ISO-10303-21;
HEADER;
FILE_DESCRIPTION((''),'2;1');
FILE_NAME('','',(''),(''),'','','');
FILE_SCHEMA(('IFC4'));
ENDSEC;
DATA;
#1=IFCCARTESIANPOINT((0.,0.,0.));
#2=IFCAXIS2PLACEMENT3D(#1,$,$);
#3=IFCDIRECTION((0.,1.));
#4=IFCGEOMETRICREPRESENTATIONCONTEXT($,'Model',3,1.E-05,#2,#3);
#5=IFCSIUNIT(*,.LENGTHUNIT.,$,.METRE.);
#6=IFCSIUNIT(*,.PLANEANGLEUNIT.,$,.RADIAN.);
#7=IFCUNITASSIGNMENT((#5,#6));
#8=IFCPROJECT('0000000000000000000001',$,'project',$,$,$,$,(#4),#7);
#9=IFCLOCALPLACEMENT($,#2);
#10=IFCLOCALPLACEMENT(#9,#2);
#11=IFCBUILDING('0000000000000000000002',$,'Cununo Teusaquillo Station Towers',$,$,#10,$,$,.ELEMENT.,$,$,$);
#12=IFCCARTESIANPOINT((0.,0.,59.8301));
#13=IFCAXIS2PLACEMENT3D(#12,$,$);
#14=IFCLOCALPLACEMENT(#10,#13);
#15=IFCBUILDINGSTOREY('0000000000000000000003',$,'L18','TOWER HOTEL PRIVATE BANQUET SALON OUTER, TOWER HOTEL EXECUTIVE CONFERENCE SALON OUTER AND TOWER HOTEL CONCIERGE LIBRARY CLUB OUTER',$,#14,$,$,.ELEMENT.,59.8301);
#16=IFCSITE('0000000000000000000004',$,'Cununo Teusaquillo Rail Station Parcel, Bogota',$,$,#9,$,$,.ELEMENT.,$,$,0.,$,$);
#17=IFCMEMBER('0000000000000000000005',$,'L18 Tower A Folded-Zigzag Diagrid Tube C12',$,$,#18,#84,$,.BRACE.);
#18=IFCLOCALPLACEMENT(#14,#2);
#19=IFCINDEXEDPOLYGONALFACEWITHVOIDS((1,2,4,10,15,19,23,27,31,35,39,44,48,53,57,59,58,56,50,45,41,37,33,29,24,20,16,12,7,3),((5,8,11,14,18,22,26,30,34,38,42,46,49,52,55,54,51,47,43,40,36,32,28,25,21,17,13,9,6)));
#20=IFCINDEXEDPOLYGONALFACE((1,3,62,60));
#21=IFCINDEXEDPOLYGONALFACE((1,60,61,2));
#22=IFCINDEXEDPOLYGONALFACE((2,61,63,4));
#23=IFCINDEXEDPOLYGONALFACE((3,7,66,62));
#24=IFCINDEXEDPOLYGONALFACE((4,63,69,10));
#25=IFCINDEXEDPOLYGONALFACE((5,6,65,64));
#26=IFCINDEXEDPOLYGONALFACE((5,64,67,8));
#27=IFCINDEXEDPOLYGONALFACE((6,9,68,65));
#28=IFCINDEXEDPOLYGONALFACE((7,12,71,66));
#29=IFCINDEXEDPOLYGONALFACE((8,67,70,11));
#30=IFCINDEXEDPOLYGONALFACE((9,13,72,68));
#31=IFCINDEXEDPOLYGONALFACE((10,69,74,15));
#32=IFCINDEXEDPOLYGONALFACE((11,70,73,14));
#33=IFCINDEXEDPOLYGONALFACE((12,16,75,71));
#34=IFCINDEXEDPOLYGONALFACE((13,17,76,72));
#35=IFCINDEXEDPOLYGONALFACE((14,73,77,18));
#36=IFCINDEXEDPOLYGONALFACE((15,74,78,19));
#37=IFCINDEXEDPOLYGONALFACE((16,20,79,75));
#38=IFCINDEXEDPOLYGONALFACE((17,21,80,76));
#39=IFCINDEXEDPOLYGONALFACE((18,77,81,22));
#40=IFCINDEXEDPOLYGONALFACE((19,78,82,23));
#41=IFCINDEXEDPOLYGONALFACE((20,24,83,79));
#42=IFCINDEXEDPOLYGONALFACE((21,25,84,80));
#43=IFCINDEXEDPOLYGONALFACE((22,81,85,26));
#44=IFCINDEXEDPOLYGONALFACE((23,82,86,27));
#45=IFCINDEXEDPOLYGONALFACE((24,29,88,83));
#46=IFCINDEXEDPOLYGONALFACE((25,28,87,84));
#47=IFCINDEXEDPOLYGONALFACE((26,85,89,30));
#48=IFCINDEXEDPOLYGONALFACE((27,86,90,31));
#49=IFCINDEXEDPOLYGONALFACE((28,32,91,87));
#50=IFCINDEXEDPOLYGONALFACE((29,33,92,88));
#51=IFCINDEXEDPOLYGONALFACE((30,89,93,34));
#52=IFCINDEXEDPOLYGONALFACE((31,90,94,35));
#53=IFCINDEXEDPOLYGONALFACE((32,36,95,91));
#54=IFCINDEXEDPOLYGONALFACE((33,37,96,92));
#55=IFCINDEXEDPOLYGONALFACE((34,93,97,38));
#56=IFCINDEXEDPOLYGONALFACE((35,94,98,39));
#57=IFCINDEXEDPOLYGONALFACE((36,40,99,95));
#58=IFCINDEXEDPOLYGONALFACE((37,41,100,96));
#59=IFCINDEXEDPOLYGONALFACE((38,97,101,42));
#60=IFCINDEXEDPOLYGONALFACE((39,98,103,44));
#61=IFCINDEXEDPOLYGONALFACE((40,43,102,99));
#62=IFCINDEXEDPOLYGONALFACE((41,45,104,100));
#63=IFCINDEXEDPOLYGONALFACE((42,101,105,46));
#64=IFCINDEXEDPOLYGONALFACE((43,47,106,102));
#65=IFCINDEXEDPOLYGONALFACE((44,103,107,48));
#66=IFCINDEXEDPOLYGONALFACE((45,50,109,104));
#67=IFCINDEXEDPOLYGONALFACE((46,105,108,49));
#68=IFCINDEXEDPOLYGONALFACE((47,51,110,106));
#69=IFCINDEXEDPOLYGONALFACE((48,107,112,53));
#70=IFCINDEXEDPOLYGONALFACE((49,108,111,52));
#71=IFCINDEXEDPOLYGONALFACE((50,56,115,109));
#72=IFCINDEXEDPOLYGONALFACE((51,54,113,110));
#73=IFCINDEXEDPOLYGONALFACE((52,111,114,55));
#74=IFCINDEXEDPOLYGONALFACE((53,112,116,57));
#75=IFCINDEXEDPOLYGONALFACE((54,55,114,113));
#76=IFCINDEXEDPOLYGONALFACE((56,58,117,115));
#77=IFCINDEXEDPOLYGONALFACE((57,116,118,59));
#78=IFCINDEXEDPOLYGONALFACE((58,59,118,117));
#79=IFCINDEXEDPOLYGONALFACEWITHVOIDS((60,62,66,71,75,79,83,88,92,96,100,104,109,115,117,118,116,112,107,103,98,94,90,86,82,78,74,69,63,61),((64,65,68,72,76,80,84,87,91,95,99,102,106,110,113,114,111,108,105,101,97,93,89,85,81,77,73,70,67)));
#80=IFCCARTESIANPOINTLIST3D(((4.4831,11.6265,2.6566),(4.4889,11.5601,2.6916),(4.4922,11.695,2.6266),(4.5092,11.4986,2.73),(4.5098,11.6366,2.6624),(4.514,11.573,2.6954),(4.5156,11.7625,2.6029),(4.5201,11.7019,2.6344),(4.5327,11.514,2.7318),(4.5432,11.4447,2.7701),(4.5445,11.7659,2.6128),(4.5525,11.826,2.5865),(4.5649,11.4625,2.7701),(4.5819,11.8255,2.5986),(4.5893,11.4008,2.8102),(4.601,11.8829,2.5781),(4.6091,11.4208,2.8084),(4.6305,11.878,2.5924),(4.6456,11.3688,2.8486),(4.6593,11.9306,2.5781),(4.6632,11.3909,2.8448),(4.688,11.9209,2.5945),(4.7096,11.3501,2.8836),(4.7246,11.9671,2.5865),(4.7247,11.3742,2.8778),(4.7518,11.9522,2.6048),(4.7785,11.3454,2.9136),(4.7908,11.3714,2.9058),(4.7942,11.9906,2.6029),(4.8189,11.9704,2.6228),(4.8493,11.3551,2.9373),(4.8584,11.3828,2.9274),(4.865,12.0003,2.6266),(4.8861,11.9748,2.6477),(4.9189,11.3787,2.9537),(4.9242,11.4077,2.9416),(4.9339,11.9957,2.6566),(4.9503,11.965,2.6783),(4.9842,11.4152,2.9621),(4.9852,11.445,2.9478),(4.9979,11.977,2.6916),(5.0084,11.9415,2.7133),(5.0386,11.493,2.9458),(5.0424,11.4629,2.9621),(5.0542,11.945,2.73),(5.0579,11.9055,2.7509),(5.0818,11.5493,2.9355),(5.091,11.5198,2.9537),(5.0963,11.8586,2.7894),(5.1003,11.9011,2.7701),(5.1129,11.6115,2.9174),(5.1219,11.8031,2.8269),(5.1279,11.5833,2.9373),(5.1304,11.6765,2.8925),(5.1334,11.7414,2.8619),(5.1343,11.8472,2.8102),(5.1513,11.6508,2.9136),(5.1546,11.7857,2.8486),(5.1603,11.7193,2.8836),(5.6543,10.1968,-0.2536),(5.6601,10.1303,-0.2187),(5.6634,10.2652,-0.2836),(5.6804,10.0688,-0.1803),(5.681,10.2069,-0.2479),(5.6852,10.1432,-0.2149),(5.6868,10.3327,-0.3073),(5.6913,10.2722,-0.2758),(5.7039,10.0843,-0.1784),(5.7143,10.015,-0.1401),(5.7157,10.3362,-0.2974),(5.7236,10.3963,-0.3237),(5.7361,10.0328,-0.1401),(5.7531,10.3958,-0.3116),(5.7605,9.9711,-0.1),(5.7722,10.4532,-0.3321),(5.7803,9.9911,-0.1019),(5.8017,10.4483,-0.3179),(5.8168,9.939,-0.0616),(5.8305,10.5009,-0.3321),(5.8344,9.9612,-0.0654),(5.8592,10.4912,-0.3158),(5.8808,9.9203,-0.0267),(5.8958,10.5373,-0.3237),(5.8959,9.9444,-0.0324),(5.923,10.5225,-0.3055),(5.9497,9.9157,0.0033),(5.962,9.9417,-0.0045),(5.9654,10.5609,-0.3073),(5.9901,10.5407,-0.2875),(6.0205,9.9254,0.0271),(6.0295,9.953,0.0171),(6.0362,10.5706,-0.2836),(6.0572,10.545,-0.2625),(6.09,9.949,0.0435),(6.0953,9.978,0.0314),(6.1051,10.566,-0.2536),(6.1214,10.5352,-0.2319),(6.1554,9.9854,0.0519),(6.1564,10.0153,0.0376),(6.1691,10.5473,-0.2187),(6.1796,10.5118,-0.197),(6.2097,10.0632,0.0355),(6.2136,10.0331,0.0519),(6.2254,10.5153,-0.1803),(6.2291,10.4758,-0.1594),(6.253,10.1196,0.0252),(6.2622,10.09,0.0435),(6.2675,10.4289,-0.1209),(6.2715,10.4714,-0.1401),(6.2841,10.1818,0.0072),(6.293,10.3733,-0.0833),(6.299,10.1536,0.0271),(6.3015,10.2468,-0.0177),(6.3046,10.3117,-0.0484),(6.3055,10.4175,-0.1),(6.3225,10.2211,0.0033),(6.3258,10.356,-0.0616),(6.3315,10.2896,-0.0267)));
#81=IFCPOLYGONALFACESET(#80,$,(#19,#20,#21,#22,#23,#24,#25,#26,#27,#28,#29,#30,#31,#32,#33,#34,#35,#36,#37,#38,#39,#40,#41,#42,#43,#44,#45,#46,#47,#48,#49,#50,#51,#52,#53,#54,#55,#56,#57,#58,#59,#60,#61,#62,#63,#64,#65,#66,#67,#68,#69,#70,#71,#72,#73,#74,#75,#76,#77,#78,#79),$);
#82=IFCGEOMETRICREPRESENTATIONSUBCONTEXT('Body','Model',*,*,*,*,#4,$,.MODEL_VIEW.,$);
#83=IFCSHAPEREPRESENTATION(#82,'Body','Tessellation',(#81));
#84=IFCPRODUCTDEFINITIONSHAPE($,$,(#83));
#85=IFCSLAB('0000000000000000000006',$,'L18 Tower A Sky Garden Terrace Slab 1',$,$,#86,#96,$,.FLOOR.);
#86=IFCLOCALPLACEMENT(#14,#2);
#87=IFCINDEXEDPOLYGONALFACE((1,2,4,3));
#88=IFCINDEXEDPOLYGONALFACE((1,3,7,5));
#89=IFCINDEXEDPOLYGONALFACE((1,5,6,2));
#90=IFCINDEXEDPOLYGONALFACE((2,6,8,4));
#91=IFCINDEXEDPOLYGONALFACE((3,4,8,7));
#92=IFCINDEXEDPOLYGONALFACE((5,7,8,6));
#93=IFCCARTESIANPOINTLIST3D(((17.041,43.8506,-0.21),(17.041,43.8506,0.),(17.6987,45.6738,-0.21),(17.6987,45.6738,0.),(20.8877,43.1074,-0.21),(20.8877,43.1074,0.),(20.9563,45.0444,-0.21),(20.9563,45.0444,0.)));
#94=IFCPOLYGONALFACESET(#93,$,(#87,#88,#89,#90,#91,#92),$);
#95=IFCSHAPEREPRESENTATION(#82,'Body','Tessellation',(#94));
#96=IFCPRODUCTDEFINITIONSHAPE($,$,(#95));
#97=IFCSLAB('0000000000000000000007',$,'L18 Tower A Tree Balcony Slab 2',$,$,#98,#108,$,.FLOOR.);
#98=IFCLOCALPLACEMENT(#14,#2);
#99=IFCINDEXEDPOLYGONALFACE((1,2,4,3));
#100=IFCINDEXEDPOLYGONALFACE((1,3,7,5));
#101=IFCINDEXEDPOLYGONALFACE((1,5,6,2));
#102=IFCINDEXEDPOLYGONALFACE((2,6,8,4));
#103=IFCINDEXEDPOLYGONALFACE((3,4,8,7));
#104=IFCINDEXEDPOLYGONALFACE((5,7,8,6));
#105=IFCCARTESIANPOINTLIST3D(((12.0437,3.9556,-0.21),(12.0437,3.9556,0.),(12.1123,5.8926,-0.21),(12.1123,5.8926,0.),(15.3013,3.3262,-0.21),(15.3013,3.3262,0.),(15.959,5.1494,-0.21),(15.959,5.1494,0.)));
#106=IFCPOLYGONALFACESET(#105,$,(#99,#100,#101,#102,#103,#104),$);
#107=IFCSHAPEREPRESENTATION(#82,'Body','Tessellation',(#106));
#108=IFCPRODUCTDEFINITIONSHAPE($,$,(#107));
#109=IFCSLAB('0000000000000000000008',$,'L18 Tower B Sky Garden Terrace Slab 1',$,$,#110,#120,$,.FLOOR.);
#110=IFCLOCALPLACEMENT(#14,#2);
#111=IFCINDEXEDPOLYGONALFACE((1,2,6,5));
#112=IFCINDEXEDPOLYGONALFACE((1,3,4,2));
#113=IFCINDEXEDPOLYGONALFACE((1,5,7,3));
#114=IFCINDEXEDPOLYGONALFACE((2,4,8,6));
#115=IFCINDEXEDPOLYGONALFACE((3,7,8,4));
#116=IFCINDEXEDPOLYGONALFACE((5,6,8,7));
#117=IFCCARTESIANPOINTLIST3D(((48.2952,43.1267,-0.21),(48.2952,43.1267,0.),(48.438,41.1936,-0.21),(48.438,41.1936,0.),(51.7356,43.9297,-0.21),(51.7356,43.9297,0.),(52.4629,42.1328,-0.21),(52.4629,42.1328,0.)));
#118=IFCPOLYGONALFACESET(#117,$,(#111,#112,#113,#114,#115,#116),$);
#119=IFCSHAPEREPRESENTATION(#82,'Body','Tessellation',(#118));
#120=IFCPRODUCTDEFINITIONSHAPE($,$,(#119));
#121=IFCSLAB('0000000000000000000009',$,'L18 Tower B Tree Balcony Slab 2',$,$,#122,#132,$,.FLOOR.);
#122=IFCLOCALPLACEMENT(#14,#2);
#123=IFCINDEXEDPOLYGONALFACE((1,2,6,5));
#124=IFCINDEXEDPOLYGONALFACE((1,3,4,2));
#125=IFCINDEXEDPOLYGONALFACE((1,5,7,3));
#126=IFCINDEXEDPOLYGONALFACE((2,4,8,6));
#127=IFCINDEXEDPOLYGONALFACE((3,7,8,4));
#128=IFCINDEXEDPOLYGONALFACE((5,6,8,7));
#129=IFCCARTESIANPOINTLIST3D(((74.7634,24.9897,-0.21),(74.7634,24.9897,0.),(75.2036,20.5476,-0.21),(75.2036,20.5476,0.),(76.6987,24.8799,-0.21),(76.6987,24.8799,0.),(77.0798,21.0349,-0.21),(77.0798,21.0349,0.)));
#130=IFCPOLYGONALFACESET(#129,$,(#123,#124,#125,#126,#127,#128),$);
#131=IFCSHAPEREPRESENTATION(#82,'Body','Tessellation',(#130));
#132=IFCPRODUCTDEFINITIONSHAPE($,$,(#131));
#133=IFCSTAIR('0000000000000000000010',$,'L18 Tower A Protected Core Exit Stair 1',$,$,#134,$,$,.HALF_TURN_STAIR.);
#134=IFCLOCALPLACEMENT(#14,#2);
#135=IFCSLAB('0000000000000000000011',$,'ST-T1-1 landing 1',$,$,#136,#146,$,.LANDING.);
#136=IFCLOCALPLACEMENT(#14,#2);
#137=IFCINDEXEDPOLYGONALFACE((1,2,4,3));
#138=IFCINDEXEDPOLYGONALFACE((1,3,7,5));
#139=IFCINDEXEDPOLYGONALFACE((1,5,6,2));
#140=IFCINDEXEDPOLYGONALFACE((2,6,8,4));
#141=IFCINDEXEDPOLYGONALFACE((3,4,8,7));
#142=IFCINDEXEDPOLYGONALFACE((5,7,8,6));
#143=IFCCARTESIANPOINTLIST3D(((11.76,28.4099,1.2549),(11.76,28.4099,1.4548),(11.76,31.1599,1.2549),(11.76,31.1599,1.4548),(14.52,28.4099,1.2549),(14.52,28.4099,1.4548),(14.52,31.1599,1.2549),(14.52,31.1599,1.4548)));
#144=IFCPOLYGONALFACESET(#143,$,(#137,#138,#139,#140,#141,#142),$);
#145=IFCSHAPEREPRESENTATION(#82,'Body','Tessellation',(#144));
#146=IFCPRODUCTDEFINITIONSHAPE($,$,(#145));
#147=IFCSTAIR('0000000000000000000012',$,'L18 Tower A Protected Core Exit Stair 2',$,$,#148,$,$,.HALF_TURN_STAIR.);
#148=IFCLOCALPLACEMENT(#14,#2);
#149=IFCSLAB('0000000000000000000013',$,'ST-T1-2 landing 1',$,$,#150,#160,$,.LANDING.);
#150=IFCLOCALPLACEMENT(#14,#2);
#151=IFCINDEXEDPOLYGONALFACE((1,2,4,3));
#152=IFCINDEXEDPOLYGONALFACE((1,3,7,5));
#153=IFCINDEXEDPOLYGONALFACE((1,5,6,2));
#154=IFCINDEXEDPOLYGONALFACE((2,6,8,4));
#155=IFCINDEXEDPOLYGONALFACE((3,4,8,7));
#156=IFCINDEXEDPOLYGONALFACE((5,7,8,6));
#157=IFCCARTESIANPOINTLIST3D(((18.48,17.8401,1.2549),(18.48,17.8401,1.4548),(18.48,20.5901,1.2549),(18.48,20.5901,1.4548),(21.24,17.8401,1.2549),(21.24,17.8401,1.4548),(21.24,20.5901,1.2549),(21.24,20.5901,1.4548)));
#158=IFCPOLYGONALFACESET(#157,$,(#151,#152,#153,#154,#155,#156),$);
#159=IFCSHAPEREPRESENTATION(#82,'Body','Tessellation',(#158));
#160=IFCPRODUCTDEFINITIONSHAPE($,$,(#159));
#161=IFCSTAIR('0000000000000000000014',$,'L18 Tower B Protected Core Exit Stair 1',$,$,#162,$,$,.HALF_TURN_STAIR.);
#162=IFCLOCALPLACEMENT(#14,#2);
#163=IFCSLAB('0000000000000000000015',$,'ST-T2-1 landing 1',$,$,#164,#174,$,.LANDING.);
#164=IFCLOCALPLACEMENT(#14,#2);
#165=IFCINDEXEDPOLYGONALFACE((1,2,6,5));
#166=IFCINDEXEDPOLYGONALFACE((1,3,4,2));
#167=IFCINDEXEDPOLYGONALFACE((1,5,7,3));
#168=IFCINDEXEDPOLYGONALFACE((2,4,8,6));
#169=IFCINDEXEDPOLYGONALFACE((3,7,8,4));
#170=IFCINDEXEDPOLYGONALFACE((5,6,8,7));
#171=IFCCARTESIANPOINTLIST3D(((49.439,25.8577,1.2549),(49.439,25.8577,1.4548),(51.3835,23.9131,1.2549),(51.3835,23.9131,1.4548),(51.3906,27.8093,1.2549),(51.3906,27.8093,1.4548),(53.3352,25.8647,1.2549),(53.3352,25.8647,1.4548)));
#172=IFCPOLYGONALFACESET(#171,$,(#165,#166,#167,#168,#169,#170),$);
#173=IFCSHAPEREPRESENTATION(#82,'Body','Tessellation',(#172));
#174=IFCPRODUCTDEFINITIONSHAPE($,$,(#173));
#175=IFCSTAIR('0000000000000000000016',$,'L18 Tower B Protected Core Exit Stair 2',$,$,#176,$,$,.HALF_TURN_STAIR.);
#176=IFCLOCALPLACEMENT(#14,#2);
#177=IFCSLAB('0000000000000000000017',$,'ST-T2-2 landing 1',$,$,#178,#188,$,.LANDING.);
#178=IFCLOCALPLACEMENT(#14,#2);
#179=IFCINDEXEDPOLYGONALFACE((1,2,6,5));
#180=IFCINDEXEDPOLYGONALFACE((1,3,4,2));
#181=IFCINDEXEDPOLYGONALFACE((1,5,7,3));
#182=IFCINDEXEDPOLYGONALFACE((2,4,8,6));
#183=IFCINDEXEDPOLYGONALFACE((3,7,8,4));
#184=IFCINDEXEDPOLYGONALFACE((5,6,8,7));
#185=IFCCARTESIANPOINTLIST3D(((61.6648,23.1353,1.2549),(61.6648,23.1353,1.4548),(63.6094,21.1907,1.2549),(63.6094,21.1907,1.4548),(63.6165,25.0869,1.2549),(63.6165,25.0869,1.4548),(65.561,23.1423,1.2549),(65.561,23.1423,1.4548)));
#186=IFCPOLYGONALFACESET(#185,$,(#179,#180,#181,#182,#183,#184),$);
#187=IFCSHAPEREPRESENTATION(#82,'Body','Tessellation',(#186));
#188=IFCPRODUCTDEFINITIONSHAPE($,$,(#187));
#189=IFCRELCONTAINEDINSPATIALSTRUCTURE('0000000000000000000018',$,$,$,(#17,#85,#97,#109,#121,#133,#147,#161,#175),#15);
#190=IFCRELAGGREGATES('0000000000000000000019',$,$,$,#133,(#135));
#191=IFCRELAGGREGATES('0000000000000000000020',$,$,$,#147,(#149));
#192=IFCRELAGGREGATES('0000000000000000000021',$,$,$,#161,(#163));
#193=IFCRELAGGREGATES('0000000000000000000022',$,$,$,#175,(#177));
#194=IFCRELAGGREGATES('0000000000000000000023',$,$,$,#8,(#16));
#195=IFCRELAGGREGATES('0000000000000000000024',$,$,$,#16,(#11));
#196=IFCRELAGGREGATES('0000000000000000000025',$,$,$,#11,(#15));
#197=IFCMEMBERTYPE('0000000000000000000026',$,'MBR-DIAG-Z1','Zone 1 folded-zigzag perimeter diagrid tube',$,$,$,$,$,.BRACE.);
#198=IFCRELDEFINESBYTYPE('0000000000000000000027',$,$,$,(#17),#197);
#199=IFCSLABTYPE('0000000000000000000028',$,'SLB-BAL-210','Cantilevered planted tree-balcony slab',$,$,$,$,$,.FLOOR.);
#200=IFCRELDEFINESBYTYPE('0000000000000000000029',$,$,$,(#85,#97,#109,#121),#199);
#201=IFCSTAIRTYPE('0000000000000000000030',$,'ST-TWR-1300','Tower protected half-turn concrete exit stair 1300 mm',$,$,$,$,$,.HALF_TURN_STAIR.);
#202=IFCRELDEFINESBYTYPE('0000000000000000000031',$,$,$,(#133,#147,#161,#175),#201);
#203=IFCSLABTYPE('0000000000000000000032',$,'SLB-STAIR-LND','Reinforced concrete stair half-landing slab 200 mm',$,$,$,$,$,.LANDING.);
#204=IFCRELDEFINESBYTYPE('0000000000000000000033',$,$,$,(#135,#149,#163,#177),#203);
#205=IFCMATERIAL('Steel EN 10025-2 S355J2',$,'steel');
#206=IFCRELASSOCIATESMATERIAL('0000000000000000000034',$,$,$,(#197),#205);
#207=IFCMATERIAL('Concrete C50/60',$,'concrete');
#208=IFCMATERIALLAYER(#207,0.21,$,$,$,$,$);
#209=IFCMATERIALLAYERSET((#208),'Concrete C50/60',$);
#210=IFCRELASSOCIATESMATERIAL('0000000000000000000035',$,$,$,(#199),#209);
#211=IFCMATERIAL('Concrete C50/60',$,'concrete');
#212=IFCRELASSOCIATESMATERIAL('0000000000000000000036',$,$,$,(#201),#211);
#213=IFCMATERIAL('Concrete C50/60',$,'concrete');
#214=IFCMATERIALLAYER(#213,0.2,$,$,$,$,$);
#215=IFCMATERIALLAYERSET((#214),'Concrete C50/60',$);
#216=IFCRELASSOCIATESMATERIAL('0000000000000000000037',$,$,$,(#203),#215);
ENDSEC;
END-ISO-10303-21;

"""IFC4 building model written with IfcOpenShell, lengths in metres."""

from ifc_helpers import new_model, si_unit, direction, frame, origin, origin_2d, place, context, subcontext, project, spatial, polyline, hollow_circle, outline, extrude, material, layer, layer_set, material_profile, profile_set, type_object, element, aggregate, save


model = new_model("IFC4")

# Units and contexts
model_context = context("Model", 3, precision=1e-05, world=origin(), true_north=direction((0.0, 1.0)))
body_context = subcontext(model_context, "Body", "Model", "MODEL_VIEW")
ifc_project = project(units=[si_unit("LENGTHUNIT", "METRE"), si_unit("PLANEANGLEUNIT", "RADIAN")], contexts=[model_context])

# Site, building, storey
site_placement = place(None, origin())
site = spatial("IfcSite", under=ifc_project, at=site_placement, Name="Cununo Teusaquillo Rail Station Parcel, Bogota", CompositionType="ELEMENT", RefElevation=0.0)
building_placement = place(site_placement, origin())
building = spatial("IfcBuilding", under=site, at=building_placement, Name="Cununo Teusaquillo Station Towers", CompositionType="ELEMENT")
storey_placement = place(building_placement, frame((0.0, 0.0, 59.8301)))
storey = spatial("IfcBuildingStorey", under=building, at=storey_placement, Name="L18", Description="TOWER HOTEL PRIVATE BANQUET SALON OUTER, TOWER HOTEL EXECUTIVE CONFERENCE SALON OUTER AND TOWER HOTEL CONCIERGE LIBRARY CLUB OUTER", CompositionType="ELEMENT", Elevation=59.8301)

# Member
ifc_material_1 = material(Name="Steel EN 10025-2 S355J2", Category="steel")
ifc_material_profile_1 = material_profile(ifc_material_1, hollow_circle(Radius=0.3601, WallThickness=0.0281, at=origin_2d()), Name="CHS 720x28")
ifc_profile_set_1 = profile_set([ifc_material_profile_1], Name="Steel EN 10025-2 S355J2")
member_type = type_object("IfcMemberType", Name="MBR-DIAG-Z1", Description="Zone 1 folded-zigzag perimeter diagrid tube", PredefinedType="BRACE", material=ifc_profile_set_1)
member_placement = place(storey_placement, frame((5.9929, 10.2432, -0.1401), z_axis=(-0.339717, 0.414714, 0.844159), x_axis=(-0.773586, -0.633691, 0.0)))
element("IfcMember", 1, at=member_placement, inside=storey, type_object=member_type, Name="L18 Tower A Folded-Zigzag Diagrid Tube C12", PredefinedType="BRACE", context=body_context, shape_type="SweptSolid", body=[
    extrude(hollow_circle(Radius=0.3601, WallThickness=0.0281, at=origin_2d()), origin(), (0.0, 0.0, 1.0), 3.4475),
])

# Slabs
ifc_material_2 = material(Name="Concrete C50/60", Category="concrete")
ifc_layer_1 = layer(ifc_material_2, 0.21)
ifc_layer_set_1 = layer_set([ifc_layer_1], Name="Concrete C50/60")
slab_type_1 = type_object("IfcSlabType", Name="SLB-BAL-210", Description="Cantilevered planted tree-balcony slab", PredefinedType="FLOOR", material=ifc_layer_set_1)
slab_1_placement = place(storey_placement, frame((0.0, 0.0, -0.21)))
element("IfcSlab", 2, at=slab_1_placement, inside=storey, type_object=slab_type_1, Name="L18 Tower A Sky Garden Terrace Slab 1", PredefinedType="FLOOR", context=body_context, shape_type="SweptSolid", body=[
    extrude(outline(polyline([(20.8877, 43.1074), (17.041, 43.8506), (17.6987, 45.6738), (20.9563, 45.0444), (20.8877, 43.1074)])), origin(), (0.0, 0.0, 1.0), 0.21),
])
slab_2_placement = place(storey_placement, frame((0.0, 0.0, -0.21)))
element("IfcSlab", 3, at=slab_2_placement, inside=storey, type_object=slab_type_1, Name="L18 Tower A Tree Balcony Slab 2", PredefinedType="FLOOR", context=body_context, shape_type="SweptSolid", body=[
    extrude(outline(polyline([(12.1123, 5.8926), (15.959, 5.1494), (15.3013, 3.3262), (12.0437, 3.9556), (12.1123, 5.8926)])), origin(), (0.0, 0.0, 1.0), 0.21),
])
slab_3_placement = place(storey_placement, frame((0.0, 0.0, -0.21)))
element("IfcSlab", 4, at=slab_3_placement, inside=storey, type_object=slab_type_1, Name="L18 Tower B Sky Garden Terrace Slab 1", PredefinedType="FLOOR", context=body_context, shape_type="SweptSolid", body=[
    extrude(outline(polyline([(52.4629, 42.1328), (48.438, 41.1936), (48.2952, 43.1267), (51.7356, 43.9297), (52.4629, 42.1328)])), origin(), (0.0, 0.0, 1.0), 0.21),
])
slab_4_placement = place(storey_placement, frame((0.0, 0.0, -0.21)))
element("IfcSlab", 5, at=slab_4_placement, inside=storey, type_object=slab_type_1, Name="L18 Tower B Tree Balcony Slab 2", PredefinedType="FLOOR", context=body_context, shape_type="SweptSolid", body=[
    extrude(outline(polyline([(75.2036, 20.5476), (74.7634, 24.9897), (76.6987, 24.8799), (77.0798, 21.0349), (75.2036, 20.5476)])), origin(), (0.0, 0.0, 1.0), 0.21),
])

# Stairs, slabs
ifc_material_3 = material(Name="Concrete C50/60", Category="concrete")
stair_type = type_object("IfcStairType", Name="ST-TWR-1300", Description="Tower protected half-turn concrete exit stair 1300 mm", PredefinedType="HALF_TURN_STAIR", material=ifc_material_3)
stair_1_placement = place(storey_placement, origin())
stair_1 = element("IfcStair", 6, at=stair_1_placement, inside=storey, type_object=stair_type, Name="L18 Tower A Protected Core Exit Stair 1", PredefinedType="HALF_TURN_STAIR")
ifc_material_4 = material(Name="Concrete C50/60", Category="concrete")
ifc_layer_2 = layer(ifc_material_4, 0.2)
ifc_layer_set_2 = layer_set([ifc_layer_2], Name="Concrete C50/60")
slab_type_2 = type_object("IfcSlabType", Name="SLB-STAIR-LND", Description="Reinforced concrete stair half-landing slab 200 mm", PredefinedType="LANDING", material=ifc_layer_set_2)
slab_5_placement = place(storey_placement, frame((0.0, 0.0, 1.2549)))
slab_5 = element("IfcSlab", 7, at=slab_5_placement, type_object=slab_type_2, Name="ST-T1-1 landing 1", PredefinedType="LANDING", context=body_context, shape_type="SweptSolid", body=[
    extrude(outline(polyline([(14.52, 28.4099), (14.52, 31.1599), (11.76, 31.1599), (11.76, 28.4099), (14.52, 28.4099)])), origin(), (0.0, 0.0, 1.0), 0.2),
])
aggregate(stair_1, [slab_5])
stair_2_placement = place(storey_placement, origin())
stair_2 = element("IfcStair", 8, at=stair_2_placement, inside=storey, type_object=stair_type, Name="L18 Tower A Protected Core Exit Stair 2", PredefinedType="HALF_TURN_STAIR")
slab_6_placement = place(storey_placement, frame((0.0, 0.0, 1.2549)))
slab_6 = element("IfcSlab", 9, at=slab_6_placement, type_object=slab_type_2, Name="ST-T1-2 landing 1", PredefinedType="LANDING", context=body_context, shape_type="SweptSolid", body=[
    extrude(outline(polyline([(18.48, 20.5901), (18.48, 17.8401), (21.24, 17.8401), (21.24, 20.5901), (18.48, 20.5901)])), origin(), (0.0, 0.0, 1.0), 0.2),
])
aggregate(stair_2, [slab_6])
stair_3_placement = place(storey_placement, origin())
stair_3 = element("IfcStair", 10, at=stair_3_placement, inside=storey, type_object=stair_type, Name="L18 Tower B Protected Core Exit Stair 1", PredefinedType="HALF_TURN_STAIR")
slab_7_placement = place(storey_placement, frame((0.0, 0.0, 1.2549)))
slab_7 = element("IfcSlab", 11, at=slab_7_placement, type_object=slab_type_2, Name="ST-T2-1 landing 1", PredefinedType="LANDING", context=body_context, shape_type="SweptSolid", body=[
    extrude(outline(polyline([(53.3352, 25.8647), (51.3906, 27.8093), (49.439, 25.8577), (51.3835, 23.9131), (53.3352, 25.8647)])), origin(), (0.0, 0.0, 1.0), 0.2),
])
aggregate(stair_3, [slab_7])
stair_4_placement = place(storey_placement, origin())
stair_4 = element("IfcStair", 12, at=stair_4_placement, inside=storey, type_object=stair_type, Name="L18 Tower B Protected Core Exit Stair 2", PredefinedType="HALF_TURN_STAIR")
slab_8_placement = place(storey_placement, frame((0.0, 0.0, 1.2549)))
slab_8 = element("IfcSlab", 13, at=slab_8_placement, type_object=slab_type_2, Name="ST-T2-2 landing 1", PredefinedType="LANDING", context=body_context, shape_type="SweptSolid", body=[
    extrude(outline(polyline([(61.6648, 23.1353), (63.6094, 21.1907), (65.561, 23.1423), (63.6165, 25.0869), (61.6648, 23.1353)])), origin(), (0.0, 0.0, 1.0), 0.2),
])
aggregate(stair_4, [slab_8])

save(model, "model.ifc")
